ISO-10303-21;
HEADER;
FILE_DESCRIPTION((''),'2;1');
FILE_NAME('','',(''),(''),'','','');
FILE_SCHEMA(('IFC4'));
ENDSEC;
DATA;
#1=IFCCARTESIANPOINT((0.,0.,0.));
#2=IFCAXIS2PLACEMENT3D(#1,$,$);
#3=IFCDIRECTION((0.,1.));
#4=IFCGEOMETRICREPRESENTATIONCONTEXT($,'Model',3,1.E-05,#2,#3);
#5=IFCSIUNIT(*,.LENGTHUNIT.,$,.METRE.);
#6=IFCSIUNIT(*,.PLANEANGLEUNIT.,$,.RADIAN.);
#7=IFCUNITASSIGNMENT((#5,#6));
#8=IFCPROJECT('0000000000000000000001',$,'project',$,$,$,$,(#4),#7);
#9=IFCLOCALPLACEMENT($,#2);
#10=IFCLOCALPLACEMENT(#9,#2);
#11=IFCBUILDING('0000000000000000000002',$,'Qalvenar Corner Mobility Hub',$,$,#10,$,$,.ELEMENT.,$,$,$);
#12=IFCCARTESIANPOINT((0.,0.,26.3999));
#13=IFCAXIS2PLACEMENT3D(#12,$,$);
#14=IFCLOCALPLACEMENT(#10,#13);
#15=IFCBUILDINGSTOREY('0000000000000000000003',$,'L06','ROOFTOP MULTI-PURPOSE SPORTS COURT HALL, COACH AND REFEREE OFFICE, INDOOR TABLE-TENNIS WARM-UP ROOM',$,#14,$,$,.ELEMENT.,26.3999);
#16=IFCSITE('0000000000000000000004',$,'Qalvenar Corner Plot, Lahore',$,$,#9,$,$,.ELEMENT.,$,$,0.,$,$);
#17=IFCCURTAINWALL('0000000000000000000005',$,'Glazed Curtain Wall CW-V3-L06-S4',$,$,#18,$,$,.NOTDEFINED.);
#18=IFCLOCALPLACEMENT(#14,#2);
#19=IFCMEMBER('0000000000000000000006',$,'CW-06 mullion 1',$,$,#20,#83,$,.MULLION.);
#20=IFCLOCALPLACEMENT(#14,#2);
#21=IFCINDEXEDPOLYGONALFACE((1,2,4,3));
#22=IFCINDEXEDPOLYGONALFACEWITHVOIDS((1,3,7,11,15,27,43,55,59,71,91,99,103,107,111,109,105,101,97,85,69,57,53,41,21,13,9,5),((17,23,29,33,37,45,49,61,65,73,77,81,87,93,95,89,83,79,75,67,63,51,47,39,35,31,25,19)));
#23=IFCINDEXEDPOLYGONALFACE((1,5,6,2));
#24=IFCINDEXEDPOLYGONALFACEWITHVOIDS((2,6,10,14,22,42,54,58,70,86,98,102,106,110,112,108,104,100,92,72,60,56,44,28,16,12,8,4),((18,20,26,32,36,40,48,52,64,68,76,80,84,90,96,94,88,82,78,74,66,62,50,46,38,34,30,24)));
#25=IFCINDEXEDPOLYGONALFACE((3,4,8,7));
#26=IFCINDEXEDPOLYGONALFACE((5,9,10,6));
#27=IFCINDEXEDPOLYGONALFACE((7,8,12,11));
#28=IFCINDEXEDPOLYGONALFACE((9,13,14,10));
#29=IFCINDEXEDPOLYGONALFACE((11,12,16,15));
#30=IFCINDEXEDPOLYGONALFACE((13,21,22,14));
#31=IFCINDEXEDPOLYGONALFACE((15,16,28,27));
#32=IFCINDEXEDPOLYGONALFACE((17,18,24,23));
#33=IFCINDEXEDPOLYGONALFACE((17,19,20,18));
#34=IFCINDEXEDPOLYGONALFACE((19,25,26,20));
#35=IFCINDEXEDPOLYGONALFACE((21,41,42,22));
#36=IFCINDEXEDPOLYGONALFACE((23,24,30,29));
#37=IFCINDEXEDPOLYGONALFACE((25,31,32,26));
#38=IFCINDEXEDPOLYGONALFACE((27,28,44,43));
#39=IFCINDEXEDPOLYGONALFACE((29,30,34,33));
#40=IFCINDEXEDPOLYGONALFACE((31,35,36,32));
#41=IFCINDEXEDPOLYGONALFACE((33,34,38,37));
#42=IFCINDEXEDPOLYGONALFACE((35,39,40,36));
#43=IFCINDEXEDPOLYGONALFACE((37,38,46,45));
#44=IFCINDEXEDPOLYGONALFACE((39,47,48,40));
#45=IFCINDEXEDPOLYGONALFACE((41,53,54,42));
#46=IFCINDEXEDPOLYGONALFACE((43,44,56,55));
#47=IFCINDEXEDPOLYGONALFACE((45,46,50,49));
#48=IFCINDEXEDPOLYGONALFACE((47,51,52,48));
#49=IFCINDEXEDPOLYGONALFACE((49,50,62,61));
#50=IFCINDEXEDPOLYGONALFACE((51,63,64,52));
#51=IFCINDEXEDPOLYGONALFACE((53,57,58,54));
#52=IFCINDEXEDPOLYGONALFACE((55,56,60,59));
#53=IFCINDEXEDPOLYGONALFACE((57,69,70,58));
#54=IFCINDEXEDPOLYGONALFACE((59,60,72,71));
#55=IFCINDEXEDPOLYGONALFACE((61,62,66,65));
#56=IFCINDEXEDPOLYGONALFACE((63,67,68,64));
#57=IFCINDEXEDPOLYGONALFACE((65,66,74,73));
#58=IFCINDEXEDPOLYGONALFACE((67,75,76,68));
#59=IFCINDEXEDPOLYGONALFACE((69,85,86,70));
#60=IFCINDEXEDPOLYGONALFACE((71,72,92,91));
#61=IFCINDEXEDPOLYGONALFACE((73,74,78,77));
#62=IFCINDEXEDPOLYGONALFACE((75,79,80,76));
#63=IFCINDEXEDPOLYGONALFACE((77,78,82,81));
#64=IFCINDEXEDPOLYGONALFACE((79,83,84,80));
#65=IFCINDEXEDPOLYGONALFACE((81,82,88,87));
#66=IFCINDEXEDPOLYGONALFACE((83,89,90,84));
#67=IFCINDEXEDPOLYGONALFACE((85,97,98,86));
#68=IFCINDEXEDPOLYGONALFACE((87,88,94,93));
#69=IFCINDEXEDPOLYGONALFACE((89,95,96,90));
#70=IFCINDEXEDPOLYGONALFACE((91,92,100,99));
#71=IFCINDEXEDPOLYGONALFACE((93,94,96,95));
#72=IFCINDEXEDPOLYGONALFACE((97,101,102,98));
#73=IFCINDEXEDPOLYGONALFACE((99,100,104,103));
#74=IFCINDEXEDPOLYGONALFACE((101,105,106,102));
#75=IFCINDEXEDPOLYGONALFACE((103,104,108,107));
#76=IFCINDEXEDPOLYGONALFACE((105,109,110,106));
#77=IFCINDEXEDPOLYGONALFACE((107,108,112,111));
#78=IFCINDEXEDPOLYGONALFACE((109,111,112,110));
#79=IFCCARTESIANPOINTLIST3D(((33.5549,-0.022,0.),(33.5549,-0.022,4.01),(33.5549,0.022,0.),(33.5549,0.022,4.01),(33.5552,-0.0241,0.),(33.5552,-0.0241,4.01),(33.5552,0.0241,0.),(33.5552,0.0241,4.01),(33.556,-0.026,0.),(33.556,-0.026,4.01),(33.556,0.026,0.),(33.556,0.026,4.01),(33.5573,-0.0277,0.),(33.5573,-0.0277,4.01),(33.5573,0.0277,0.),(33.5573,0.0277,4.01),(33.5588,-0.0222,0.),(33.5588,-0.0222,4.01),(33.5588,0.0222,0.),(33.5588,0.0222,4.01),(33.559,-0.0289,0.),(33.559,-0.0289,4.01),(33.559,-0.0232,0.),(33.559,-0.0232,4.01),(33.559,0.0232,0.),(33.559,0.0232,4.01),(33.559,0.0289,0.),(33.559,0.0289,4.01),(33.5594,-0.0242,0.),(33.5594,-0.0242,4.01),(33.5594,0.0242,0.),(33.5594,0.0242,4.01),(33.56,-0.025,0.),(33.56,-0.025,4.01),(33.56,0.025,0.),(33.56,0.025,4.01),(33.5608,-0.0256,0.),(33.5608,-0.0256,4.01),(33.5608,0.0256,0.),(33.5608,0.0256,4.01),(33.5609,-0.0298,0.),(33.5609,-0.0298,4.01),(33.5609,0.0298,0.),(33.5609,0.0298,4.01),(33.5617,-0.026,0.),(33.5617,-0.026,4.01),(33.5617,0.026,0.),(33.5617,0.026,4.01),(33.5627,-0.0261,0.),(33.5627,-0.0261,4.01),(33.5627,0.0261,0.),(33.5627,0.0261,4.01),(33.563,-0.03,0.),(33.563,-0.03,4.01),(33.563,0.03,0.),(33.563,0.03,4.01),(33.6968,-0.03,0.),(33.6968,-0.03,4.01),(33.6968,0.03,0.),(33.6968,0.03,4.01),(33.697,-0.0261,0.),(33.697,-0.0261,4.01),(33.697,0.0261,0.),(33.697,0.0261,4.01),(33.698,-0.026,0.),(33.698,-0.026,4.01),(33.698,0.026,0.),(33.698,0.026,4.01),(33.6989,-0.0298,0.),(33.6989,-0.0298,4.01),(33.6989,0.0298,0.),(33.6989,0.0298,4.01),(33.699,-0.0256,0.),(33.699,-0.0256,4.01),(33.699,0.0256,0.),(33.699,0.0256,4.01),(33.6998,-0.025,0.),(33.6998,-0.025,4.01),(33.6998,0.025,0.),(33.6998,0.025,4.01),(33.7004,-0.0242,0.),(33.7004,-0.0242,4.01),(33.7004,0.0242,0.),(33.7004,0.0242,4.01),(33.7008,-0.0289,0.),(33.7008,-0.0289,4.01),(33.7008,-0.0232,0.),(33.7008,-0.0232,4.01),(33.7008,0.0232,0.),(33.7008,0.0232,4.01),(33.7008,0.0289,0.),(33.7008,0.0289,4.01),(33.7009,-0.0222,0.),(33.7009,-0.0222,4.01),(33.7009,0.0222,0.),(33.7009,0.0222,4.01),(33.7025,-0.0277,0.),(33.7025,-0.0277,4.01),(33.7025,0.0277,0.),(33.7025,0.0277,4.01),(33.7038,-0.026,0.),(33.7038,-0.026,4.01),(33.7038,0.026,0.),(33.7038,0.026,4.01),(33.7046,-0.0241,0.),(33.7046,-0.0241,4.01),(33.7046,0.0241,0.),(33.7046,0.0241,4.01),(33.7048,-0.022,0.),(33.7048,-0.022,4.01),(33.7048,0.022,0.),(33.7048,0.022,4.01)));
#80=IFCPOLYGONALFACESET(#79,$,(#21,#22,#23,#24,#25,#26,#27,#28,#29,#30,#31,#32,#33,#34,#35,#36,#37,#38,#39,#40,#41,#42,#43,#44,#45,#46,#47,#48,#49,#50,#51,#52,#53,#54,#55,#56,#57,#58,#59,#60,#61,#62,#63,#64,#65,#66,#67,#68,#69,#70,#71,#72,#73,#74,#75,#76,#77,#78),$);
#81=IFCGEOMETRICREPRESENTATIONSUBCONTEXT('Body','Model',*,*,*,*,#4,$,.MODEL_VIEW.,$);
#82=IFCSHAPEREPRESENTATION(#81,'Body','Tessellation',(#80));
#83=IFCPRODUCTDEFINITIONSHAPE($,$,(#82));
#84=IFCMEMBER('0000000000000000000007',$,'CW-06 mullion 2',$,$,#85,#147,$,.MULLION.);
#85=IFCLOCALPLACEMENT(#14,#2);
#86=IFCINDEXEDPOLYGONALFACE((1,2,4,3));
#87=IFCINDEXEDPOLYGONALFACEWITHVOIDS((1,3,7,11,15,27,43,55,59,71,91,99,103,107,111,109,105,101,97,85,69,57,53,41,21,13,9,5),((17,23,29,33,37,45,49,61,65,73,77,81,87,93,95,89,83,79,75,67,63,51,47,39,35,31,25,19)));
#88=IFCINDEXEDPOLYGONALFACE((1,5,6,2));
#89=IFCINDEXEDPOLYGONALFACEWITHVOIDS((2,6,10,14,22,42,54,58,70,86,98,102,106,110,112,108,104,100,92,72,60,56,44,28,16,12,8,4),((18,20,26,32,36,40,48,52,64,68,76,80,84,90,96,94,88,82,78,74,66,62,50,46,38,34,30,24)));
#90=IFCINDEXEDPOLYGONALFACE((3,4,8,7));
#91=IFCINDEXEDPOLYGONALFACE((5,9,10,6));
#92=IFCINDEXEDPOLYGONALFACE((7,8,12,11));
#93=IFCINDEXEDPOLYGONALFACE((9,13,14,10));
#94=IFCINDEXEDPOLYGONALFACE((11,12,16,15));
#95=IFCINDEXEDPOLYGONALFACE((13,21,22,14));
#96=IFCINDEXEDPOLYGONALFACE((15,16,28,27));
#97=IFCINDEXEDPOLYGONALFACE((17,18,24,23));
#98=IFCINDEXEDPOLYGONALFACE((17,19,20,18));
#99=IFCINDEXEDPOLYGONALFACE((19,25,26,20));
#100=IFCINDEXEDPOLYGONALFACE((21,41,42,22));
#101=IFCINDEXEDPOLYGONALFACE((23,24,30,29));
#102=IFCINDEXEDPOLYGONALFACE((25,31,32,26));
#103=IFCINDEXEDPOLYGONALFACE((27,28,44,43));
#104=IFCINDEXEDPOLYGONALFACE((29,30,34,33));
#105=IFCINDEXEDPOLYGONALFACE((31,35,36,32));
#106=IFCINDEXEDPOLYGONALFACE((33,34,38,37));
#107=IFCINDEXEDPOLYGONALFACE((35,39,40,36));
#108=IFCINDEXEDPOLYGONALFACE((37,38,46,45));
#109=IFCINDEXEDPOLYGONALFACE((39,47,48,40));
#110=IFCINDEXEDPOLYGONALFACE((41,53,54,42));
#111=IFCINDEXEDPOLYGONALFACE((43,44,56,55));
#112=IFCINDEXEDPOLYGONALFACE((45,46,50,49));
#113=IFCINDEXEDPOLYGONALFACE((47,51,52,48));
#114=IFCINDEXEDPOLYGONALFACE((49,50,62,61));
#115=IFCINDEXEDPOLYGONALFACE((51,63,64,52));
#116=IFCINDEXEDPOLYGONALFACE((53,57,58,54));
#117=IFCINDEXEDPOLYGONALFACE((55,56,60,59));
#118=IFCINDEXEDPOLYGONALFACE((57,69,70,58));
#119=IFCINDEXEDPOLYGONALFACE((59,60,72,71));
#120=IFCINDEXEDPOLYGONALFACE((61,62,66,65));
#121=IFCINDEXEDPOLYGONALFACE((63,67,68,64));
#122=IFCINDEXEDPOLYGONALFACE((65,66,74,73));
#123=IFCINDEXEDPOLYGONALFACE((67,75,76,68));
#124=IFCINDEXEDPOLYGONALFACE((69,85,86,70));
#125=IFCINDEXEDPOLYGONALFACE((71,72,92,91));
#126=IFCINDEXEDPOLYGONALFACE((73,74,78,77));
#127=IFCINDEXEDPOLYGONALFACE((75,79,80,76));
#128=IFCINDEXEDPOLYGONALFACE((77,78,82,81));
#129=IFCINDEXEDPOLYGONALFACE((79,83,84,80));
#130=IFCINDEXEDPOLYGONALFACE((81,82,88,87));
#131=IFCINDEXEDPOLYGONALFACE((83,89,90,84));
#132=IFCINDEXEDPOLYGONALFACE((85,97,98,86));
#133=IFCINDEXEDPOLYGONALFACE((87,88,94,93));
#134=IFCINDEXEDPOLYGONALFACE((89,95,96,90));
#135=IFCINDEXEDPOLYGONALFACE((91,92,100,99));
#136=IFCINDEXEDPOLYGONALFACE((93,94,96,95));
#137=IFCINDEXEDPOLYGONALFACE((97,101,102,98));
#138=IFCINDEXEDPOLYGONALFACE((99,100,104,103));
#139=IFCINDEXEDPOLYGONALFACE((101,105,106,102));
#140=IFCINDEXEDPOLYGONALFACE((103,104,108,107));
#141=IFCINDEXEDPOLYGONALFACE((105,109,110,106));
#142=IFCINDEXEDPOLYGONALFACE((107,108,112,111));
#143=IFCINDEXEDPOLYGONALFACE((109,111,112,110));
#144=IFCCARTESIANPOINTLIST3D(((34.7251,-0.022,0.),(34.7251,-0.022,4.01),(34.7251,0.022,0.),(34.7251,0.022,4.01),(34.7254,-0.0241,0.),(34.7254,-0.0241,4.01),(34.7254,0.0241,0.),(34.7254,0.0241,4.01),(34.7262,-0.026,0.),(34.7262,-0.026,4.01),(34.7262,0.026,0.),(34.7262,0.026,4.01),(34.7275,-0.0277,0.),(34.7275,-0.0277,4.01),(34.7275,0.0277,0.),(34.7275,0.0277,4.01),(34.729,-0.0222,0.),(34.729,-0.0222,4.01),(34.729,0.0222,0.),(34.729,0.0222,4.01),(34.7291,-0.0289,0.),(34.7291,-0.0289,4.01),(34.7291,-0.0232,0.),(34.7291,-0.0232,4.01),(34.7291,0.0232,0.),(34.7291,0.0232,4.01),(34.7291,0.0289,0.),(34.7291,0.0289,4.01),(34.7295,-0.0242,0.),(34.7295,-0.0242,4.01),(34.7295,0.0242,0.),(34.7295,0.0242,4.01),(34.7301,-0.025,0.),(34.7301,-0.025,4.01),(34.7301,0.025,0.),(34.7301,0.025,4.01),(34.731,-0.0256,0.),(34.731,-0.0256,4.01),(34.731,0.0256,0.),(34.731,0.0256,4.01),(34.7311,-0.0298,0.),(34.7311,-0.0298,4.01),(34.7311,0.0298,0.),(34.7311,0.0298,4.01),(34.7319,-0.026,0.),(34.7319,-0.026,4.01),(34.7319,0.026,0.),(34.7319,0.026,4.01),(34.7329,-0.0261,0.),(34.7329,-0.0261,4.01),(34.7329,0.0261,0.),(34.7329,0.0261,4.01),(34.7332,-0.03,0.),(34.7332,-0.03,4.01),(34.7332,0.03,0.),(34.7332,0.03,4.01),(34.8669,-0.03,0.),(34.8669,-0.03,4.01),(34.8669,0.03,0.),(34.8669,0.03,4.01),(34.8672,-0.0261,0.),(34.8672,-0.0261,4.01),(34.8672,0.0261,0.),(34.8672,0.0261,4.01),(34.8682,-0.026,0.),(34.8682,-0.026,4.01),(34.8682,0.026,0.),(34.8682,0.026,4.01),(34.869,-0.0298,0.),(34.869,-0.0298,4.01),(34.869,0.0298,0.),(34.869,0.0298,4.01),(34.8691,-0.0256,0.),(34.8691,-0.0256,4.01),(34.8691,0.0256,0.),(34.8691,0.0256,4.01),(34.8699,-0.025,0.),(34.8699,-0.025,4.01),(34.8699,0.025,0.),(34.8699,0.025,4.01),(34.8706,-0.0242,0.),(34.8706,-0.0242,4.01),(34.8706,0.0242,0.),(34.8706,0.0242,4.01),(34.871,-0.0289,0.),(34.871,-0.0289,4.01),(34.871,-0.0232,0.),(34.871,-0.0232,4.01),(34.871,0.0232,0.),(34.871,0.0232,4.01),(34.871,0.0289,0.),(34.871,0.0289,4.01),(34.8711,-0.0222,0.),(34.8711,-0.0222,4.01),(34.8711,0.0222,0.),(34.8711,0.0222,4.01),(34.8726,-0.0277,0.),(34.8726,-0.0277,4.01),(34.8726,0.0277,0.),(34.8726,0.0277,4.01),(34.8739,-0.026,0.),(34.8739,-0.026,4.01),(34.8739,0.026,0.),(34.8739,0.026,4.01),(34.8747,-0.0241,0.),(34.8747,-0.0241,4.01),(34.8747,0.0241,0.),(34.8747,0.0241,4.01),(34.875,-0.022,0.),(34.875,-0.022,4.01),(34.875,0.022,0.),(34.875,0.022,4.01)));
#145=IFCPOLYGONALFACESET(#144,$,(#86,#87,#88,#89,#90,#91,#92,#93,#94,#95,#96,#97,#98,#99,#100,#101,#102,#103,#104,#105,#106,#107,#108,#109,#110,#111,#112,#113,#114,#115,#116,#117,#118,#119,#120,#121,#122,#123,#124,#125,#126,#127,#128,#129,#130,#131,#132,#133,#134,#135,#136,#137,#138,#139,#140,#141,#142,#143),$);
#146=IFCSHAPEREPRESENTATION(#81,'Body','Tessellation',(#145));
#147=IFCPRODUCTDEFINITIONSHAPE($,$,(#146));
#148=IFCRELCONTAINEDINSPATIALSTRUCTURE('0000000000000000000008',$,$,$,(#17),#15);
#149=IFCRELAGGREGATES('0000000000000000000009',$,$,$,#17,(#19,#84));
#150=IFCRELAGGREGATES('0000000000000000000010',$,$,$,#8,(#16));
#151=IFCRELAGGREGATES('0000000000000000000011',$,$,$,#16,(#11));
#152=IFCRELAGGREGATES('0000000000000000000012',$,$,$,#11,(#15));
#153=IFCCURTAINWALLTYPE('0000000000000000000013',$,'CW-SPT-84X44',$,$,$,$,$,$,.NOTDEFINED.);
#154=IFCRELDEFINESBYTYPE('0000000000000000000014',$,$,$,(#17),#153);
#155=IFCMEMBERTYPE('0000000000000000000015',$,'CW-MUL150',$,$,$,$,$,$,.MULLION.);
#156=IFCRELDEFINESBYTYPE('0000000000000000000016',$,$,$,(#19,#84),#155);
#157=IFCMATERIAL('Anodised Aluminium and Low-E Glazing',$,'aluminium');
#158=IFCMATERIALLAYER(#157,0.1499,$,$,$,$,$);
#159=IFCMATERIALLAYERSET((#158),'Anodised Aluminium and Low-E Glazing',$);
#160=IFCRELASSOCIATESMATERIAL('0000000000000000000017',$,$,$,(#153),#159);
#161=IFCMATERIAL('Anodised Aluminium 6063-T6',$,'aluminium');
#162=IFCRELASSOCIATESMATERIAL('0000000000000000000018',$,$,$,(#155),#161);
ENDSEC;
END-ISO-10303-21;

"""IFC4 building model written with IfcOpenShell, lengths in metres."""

from ifc_helpers import new_model, si_unit, direction, frame, origin, origin_2d, place, context, subcontext, project, spatial, hollow_rectangle, extrude, material, layer, layer_set, material_profile, profile_set, type_object, element, aggregate, save


model = new_model("IFC4")

# Units and contexts
model_context = context("Model", 3, precision=1e-05, world=origin(), true_north=direction((0.0, 1.0)))
body_context = subcontext(model_context, "Body", "Model", "MODEL_VIEW")
ifc_project = project(units=[si_unit("LENGTHUNIT", "METRE"), si_unit("PLANEANGLEUNIT", "RADIAN")], contexts=[model_context])

# Site, building, storey
site_placement = place(None, origin())
site = spatial("IfcSite", under=ifc_project, at=site_placement, Name="Qalvenar Corner Plot, Lahore", CompositionType="ELEMENT", RefElevation=0.0)
building_placement = place(site_placement, origin())
building = spatial("IfcBuilding", under=site, at=building_placement, Name="Qalvenar Corner Mobility Hub", CompositionType="ELEMENT")
storey_placement = place(building_placement, frame((0.0, 0.0, 26.3999)))
storey = spatial("IfcBuildingStorey", under=building, at=storey_placement, Name="L06", Description="ROOFTOP MULTI-PURPOSE SPORTS COURT HALL, COACH AND REFEREE OFFICE, INDOOR TABLE-TENNIS WARM-UP ROOM", CompositionType="ELEMENT", Elevation=26.3999)

# Curtain wall, members
ifc_material_1 = material(Name="Anodised Aluminium and Low-E Glazing", Category="aluminium")
ifc_material_2 = material(Name="Anodised Aluminium 6063-T6", Category="aluminium")
ifc_layer_1 = layer(ifc_material_1, 0.1499)
ifc_layer_set_1 = layer_set([ifc_layer_1], Name="Anodised Aluminium and Low-E Glazing")
curtain_wall_type_1 = type_object("IfcCurtainWallType", Name="CW-SPT-84X44", PredefinedType="NOTDEFINED", material=ifc_layer_set_1)
curtain_wall_1_placement = place(storey_placement, origin())
curtain_wall_1 = element("IfcCurtainWall", 1, at=curtain_wall_1_placement, inside=storey, type_object=curtain_wall_type_1, Name="Glazed Curtain Wall CW-V3-L06-S4", PredefinedType="NOTDEFINED")
ifc_material_profile_1 = material_profile(ifc_material_2, hollow_rectangle(XDim=0.0601, YDim=0.1499, WallThickness=0.0039, InnerFilletRadius=0.0039, OuterFilletRadius=0.0081, at=origin_2d()), Name="RHS150x60x4")
ifc_profile_set_1 = profile_set([ifc_material_profile_1], Name="Anodised Aluminium 6063-T6")
member_type_1 = type_object("IfcMemberType", Name="CW-MUL150", PredefinedType="MULLION", material=ifc_profile_set_1)
member_1_placement = place(storey_placement, frame((33.6299, 0.0, 0.0), z_axis=(0.0, 0.0, 1.0), x_axis=(0.0, 1.0, 0.0)))
member_1 = element("IfcMember", 2, at=member_1_placement, type_object=member_type_1, Name="CW-06 mullion 1", PredefinedType="MULLION", context=body_context, shape_type="SweptSolid", body=[
    extrude(hollow_rectangle(XDim=0.0601, YDim=0.1499, WallThickness=0.0039, InnerFilletRadius=0.0039, OuterFilletRadius=0.0081, at=origin_2d()), origin(), (0.0, 0.0, 1.0), 4.01),
])
member_2_placement = place(storey_placement, frame((34.8, 0.0, 0.0), z_axis=(0.0, 0.0, 1.0), x_axis=(0.0, 1.0, 0.0)))
member_2 = element("IfcMember", 3, at=member_2_placement, type_object=member_type_1, Name="CW-06 mullion 2", PredefinedType="MULLION", context=body_context, shape_type="SweptSolid", body=[
    extrude(hollow_rectangle(XDim=0.0601, YDim=0.1499, WallThickness=0.0039, InnerFilletRadius=0.0039, OuterFilletRadius=0.0081, at=origin_2d()), origin(), (0.0, 0.0, 1.0), 4.01),
])

aggregate(curtain_wall_1, [member_1, member_2])

save(model, "model.ifc")
